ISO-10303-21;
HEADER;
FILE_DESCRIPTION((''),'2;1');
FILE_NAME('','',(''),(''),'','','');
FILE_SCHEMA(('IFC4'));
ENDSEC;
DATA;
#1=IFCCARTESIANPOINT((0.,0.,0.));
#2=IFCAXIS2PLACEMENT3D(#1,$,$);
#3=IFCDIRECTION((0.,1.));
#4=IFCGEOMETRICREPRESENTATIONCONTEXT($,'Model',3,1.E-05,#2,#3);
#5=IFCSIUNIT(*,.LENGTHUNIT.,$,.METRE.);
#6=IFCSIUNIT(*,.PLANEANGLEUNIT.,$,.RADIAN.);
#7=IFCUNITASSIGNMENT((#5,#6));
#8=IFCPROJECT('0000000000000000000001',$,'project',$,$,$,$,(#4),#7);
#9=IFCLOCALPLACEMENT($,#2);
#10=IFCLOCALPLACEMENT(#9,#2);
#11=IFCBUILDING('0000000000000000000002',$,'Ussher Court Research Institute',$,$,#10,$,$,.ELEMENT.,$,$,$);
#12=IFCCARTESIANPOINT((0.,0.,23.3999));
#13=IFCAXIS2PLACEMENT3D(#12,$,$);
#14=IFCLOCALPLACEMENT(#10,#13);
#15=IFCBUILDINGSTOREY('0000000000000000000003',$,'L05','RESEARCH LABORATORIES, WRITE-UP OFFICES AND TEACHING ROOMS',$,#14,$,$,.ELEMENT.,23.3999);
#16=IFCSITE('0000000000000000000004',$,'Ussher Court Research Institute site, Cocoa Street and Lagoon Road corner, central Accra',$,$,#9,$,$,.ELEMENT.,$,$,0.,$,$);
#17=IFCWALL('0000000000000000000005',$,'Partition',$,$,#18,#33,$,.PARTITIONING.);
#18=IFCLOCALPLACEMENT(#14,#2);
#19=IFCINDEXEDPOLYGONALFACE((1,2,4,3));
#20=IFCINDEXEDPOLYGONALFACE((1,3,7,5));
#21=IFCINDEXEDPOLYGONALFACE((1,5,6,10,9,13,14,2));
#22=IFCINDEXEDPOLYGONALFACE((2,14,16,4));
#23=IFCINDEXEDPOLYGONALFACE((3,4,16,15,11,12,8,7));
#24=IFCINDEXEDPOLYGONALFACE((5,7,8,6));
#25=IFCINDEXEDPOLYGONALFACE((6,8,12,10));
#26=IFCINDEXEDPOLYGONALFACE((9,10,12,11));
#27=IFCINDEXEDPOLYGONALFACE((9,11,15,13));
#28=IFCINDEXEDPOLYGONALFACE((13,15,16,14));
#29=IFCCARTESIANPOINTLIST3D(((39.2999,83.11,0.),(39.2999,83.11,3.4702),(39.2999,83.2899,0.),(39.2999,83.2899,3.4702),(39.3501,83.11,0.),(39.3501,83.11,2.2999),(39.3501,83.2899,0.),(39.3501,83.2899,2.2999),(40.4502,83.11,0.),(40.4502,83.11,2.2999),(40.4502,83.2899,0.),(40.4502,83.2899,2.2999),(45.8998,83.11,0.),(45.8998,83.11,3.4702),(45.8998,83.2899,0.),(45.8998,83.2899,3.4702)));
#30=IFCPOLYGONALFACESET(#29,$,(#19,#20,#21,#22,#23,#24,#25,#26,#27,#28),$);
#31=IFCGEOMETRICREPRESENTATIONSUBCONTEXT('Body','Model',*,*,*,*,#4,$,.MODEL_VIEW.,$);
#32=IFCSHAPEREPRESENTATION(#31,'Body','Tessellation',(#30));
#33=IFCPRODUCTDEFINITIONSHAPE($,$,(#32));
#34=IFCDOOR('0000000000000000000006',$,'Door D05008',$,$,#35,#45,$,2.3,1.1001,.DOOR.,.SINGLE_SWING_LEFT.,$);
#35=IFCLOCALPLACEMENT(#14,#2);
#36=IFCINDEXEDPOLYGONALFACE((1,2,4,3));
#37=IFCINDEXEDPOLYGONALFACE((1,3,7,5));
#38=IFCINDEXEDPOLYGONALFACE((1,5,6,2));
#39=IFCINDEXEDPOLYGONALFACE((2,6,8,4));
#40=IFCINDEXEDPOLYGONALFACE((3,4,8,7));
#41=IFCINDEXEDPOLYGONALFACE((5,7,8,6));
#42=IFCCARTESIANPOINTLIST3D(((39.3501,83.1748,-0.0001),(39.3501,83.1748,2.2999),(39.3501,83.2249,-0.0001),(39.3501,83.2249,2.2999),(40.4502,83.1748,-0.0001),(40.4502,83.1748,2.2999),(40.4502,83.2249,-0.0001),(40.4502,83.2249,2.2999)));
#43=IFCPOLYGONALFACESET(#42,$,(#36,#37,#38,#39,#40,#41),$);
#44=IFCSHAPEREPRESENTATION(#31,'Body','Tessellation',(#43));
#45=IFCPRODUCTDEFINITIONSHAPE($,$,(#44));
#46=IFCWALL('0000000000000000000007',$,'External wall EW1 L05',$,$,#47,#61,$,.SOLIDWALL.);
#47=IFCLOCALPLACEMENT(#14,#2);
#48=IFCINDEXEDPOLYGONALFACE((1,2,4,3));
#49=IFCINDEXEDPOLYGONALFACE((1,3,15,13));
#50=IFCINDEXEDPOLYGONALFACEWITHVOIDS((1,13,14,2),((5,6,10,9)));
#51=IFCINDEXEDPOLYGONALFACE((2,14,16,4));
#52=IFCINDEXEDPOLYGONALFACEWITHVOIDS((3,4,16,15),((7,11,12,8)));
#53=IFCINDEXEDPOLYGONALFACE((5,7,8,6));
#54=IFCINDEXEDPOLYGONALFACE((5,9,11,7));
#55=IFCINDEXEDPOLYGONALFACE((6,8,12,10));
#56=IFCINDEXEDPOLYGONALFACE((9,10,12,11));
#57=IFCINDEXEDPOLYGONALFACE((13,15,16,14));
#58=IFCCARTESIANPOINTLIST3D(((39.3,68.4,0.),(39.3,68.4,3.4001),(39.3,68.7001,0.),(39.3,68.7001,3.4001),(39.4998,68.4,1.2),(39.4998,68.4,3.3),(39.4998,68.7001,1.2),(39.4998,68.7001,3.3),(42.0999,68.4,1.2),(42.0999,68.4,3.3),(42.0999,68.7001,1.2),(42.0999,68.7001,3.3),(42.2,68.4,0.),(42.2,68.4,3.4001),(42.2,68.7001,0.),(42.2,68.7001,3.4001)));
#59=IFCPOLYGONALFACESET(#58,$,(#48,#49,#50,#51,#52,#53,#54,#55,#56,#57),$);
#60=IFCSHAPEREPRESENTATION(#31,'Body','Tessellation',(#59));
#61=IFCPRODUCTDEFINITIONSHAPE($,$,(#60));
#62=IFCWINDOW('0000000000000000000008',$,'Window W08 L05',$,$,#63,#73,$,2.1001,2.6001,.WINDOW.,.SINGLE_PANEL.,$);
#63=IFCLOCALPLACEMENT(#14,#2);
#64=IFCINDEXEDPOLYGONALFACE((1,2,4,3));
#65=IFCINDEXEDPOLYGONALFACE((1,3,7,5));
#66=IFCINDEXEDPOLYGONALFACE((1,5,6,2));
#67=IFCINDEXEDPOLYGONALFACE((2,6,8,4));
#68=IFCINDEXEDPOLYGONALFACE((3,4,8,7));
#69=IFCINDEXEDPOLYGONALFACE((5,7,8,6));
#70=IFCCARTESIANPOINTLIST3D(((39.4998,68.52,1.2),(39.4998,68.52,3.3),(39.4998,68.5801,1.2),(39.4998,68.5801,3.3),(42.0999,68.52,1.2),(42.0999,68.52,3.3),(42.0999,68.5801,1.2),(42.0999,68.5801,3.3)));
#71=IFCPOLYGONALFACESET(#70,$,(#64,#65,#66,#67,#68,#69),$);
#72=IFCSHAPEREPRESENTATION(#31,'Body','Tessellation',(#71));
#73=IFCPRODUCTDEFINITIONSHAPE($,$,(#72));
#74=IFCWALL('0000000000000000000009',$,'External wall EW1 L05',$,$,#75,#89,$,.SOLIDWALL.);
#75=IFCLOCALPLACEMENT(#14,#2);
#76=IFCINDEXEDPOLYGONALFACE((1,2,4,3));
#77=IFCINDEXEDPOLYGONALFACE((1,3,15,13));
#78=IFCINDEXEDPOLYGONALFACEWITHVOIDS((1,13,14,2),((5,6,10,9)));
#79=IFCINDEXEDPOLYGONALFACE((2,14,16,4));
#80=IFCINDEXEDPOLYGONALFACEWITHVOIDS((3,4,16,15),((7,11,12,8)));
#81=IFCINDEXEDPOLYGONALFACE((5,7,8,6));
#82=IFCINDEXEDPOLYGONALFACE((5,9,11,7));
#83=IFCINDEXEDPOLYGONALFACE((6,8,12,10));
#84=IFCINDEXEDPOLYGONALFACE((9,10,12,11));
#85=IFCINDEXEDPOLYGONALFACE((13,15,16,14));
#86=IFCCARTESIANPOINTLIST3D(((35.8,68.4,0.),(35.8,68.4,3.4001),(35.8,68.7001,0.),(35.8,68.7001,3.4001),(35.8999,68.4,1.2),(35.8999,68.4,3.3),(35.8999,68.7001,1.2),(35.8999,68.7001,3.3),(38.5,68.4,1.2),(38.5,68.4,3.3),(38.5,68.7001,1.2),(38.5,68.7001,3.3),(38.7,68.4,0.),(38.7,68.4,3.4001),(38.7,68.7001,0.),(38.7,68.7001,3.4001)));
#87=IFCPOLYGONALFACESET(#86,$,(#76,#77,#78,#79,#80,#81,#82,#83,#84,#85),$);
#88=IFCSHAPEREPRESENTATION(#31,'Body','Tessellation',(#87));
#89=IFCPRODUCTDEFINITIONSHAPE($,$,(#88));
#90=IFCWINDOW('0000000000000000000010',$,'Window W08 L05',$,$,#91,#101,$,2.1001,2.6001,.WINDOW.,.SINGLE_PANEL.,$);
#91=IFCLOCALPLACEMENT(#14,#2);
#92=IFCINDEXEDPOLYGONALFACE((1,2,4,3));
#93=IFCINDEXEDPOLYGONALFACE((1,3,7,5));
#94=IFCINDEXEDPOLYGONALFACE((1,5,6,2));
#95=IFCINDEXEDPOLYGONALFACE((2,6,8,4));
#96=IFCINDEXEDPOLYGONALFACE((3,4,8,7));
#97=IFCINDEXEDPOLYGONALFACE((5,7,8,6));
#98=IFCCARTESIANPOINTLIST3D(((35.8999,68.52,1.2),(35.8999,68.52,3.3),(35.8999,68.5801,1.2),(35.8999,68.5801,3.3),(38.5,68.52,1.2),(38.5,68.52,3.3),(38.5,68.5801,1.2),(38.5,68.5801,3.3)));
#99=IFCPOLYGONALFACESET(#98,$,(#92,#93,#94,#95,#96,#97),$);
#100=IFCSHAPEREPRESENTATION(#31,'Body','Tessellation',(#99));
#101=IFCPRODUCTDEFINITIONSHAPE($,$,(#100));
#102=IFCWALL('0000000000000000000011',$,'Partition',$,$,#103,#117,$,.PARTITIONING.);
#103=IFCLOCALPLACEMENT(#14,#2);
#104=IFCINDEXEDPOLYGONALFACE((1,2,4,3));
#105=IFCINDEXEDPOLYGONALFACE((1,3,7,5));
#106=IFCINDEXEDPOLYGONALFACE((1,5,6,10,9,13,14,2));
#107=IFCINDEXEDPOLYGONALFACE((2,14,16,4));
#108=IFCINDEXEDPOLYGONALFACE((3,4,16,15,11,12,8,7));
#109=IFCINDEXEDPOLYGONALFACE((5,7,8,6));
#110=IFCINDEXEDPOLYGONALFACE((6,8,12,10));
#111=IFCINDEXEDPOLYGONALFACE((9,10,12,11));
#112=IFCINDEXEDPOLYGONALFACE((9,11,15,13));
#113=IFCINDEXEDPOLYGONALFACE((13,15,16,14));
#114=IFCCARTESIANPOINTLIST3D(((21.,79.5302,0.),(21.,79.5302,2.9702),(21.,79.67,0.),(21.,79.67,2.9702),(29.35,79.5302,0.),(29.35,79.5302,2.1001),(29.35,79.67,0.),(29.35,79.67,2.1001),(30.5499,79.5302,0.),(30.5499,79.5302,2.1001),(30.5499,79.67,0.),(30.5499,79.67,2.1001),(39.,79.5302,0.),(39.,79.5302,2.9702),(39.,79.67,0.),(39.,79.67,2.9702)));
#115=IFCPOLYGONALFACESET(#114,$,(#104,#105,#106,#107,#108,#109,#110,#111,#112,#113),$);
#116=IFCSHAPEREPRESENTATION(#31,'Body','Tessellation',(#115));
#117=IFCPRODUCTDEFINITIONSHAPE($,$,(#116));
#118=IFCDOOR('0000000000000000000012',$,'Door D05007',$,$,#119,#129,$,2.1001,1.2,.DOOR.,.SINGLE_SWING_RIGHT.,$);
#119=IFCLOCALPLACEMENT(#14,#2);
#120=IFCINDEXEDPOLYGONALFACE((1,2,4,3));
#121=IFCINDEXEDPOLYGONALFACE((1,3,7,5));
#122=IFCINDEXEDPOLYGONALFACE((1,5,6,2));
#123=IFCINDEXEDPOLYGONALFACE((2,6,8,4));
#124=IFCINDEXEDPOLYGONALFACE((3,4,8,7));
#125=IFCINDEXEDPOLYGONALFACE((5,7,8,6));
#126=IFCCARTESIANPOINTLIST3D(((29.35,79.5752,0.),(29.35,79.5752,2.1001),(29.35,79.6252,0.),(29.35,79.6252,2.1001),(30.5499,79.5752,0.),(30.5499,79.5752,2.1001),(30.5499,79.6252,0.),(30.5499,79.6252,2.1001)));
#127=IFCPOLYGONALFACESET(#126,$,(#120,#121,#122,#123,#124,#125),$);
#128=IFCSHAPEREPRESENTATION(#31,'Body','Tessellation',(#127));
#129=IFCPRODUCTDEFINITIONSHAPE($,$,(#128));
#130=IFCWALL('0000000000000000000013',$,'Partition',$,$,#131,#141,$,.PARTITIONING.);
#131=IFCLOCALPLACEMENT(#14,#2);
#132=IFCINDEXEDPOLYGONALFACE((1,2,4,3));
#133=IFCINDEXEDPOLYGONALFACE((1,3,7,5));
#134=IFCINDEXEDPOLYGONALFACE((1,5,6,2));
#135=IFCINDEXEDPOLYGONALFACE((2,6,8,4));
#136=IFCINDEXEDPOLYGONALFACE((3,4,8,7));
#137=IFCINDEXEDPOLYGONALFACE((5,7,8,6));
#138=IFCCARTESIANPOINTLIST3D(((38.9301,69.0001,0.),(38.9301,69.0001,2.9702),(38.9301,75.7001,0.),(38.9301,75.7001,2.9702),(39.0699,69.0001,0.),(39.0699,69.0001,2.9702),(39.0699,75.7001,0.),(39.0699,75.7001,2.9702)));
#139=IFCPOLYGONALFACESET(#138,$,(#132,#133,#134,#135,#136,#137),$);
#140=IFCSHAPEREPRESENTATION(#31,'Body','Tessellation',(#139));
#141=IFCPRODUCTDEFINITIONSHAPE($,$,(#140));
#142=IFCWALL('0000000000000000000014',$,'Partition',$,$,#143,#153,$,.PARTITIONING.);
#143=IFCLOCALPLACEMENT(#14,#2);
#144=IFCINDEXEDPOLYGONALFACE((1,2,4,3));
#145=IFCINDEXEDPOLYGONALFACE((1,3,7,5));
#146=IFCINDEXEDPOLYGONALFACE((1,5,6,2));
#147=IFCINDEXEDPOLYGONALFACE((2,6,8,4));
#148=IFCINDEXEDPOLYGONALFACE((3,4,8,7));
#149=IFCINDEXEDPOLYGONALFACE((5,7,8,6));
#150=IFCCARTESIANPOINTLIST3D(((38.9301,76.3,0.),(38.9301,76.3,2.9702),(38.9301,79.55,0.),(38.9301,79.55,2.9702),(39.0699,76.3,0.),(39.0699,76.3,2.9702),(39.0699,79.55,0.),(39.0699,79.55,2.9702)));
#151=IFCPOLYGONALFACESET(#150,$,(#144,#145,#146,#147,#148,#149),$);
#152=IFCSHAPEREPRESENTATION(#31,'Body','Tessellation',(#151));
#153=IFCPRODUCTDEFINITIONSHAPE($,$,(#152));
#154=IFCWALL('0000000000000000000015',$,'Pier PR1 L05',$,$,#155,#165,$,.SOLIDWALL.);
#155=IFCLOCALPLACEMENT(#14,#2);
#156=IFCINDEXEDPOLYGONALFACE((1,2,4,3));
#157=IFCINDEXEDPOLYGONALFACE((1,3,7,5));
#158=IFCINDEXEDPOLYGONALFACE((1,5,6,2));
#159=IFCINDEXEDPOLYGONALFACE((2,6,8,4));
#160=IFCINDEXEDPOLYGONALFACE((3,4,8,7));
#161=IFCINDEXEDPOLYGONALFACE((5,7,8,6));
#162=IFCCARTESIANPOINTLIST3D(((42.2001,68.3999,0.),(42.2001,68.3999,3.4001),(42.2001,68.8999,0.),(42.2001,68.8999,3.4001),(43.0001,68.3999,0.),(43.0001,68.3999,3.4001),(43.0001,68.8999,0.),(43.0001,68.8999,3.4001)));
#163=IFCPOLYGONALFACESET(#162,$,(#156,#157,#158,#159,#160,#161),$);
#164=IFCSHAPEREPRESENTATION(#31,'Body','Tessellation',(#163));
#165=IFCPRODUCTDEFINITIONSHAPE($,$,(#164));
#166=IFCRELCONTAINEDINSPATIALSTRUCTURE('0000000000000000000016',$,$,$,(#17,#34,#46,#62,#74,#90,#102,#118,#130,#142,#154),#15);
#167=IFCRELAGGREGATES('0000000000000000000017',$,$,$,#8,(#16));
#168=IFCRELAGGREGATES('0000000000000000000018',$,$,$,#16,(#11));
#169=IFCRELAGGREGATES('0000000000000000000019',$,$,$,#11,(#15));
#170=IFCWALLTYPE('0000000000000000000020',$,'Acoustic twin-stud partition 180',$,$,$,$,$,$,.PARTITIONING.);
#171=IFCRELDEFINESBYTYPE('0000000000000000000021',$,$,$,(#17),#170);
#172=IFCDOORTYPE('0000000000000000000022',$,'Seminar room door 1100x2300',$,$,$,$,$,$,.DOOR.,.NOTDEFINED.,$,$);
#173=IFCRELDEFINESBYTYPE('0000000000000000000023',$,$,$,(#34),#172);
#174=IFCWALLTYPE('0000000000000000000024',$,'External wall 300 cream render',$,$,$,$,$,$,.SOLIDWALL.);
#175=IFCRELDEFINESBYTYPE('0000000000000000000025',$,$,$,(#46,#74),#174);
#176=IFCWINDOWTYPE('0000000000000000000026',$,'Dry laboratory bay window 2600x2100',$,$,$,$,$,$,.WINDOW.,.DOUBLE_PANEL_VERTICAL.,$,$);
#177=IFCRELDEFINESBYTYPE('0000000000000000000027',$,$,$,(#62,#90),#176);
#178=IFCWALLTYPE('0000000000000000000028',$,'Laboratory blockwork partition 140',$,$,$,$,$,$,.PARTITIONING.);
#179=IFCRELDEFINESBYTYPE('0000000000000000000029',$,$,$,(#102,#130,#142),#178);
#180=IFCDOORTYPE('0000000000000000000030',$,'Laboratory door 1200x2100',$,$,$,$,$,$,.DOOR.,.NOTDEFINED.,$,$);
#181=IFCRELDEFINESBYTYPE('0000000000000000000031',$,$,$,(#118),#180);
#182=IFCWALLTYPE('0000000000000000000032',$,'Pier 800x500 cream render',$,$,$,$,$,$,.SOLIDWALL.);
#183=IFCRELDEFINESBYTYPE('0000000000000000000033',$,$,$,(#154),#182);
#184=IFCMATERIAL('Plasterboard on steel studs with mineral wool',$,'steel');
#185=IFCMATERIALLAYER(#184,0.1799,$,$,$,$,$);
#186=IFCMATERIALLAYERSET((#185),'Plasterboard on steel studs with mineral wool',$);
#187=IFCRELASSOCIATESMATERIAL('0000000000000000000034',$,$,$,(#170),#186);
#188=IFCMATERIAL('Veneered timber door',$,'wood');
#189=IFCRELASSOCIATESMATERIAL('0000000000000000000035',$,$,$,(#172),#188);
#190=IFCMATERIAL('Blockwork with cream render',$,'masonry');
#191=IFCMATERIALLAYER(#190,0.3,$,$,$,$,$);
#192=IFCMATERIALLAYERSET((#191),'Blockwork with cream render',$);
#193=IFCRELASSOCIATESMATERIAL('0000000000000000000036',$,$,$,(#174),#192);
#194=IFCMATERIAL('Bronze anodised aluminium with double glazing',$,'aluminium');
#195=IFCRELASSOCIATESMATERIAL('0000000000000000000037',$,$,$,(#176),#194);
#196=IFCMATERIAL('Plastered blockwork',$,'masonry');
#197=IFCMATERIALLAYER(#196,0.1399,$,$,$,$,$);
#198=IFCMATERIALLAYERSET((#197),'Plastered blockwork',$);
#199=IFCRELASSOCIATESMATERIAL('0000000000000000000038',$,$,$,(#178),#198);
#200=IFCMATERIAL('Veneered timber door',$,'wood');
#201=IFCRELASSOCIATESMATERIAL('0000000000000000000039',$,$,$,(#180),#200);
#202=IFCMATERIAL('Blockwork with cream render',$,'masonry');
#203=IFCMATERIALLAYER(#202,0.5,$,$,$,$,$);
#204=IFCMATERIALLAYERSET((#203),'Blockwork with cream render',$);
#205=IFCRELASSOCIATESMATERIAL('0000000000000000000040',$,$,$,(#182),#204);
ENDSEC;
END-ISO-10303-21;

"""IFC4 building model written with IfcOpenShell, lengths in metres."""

from ifc_helpers import new_model, si_unit, direction, frame, frame_2d, origin, place, context, subcontext, project, spatial, rectangle, extrude, material, layer, layer_set, type_object, element, fill, save


model = new_model("IFC4")

# Units and contexts
model_context = context("Model", 3, precision=1e-05, world=origin(), true_north=direction((0.0, 1.0)))
body_context = subcontext(model_context, "Body", "Model", "MODEL_VIEW")
ifc_project = project(units=[si_unit("LENGTHUNIT", "METRE"), si_unit("PLANEANGLEUNIT", "RADIAN")], contexts=[model_context])

# Site, building, storey
site_placement = place(None, origin())
site = spatial("IfcSite", under=ifc_project, at=site_placement, Name="Ussher Court Research Institute site, Cocoa Street and Lagoon Road corner, central Accra", CompositionType="ELEMENT", RefElevation=0.0)
building_placement = place(site_placement, origin())
building = spatial("IfcBuilding", under=site, at=building_placement, Name="Ussher Court Research Institute", CompositionType="ELEMENT")
storey_placement = place(building_placement, frame((0.0, 0.0, 23.3999)))
storey = spatial("IfcBuildingStorey", under=building, at=storey_placement, Name="L05", Description="RESEARCH LABORATORIES, WRITE-UP OFFICES AND TEACHING ROOMS", CompositionType="ELEMENT", Elevation=23.3999)

# Wall, opening, door
ifc_material_1 = material(Name="Plasterboard on steel studs with mineral wool", Category="steel")
ifc_layer_1 = layer(ifc_material_1, 0.1799)
ifc_layer_set_1 = layer_set([ifc_layer_1], Name="Plasterboard on steel studs with mineral wool")
wall_type_1 = type_object("IfcWallType", Name="Acoustic twin-stud partition 180", PredefinedType="PARTITIONING", material=ifc_layer_set_1)
wall_1_placement = place(storey_placement, frame((39.3, 83.2, 0.0), z_axis=(0.0, 0.0, 1.0), x_axis=(1.0, 0.0, 0.0)))
wall_1 = element("IfcWall", 1, at=wall_1_placement, inside=storey, type_object=wall_type_1, Name="Partition", PredefinedType="PARTITIONING", context=body_context, shape_type="SweptSolid", body=[
    extrude(rectangle(XDim=6.5999, YDim=0.1799, at=frame_2d((3.2998, 0.0))), origin(), (0.0, 0.0, 1.0), 3.4702),
])
opening_1_placement = place(wall_1_placement, frame((0.05, 0.0, 0.0)))
opening_1 = element("IfcOpeningElement", 2, at=opening_1_placement, cuts=wall_1, PredefinedType="OPENING", context=body_context, shape_type="SweptSolid", body=[
    extrude(rectangle(XDim=1.1001, YDim=2.3, at=frame_2d((0.55, 1.1499))), frame((0.0, 0.1001, 0.0), z_axis=(0.0, -1.0, 0.0), x_axis=(1.0, 0.0, 0.0)), (0.0, 0.0, 1.0), 0.2),
])
ifc_material_2 = material(Name="Veneered timber door", Category="wood")
door_type_1 = type_object("IfcDoorType", Name="Seminar room door 1100x2300", OperationType="NOTDEFINED", PredefinedType="DOOR", material=ifc_material_2)
door_1_placement = place(opening_1_placement, origin())
door_1 = element("IfcDoor", 3, at=door_1_placement, inside=storey, type_object=door_type_1, Name="Door D05008", OperationType="SINGLE_SWING_LEFT", OverallHeight=2.3, OverallWidth=1.1001, PredefinedType="DOOR", context=body_context, shape_type="SweptSolid", body=[
    extrude(rectangle(XDim=1.1001, YDim=2.3, at=frame_2d((0.55, 1.1499))), frame((0.0, 0.0249, 0.0), z_axis=(0.0, -1.0, 0.0), x_axis=(1.0, 0.0, 0.0)), (0.0, 0.0, 1.0), 0.05),
])
fill(opening_1, door_1)

# Walls, openings, windows
ifc_material_3 = material(Name="Blockwork with cream render", Category="masonry")
ifc_layer_2 = layer(ifc_material_3, 0.3)
ifc_layer_set_2 = layer_set([ifc_layer_2], Name="Blockwork with cream render")
wall_type_2 = type_object("IfcWallType", Name="External wall 300 cream render", PredefinedType="SOLIDWALL", material=ifc_layer_set_2)
wall_2_placement = place(storey_placement, frame((42.2, 68.55, 0.0), z_axis=(0.0, 0.0, 1.0), x_axis=(-1.0, 0.0, 0.0)))
wall_2 = element("IfcWall", 4, at=wall_2_placement, inside=storey, type_object=wall_type_2, Name="External wall EW1 L05", PredefinedType="SOLIDWALL", context=body_context, shape_type="SweptSolid", body=[
    extrude(rectangle(XDim=2.8999, YDim=0.3, at=frame_2d((1.45, 0.0))), origin(), (0.0, 0.0, 1.0), 3.4001),
])
opening_2_placement = place(wall_2_placement, frame((0.1001, 0.0, 1.2)))
opening_2 = element("IfcOpeningElement", 5, at=opening_2_placement, cuts=wall_2, PredefinedType="OPENING", context=body_context, shape_type="SweptSolid", body=[
    extrude(rectangle(XDim=2.6001, YDim=2.1001, at=frame_2d((1.3, 1.05))), frame((0.0, 0.1602, 0.0), z_axis=(0.0, -1.0, 0.0), x_axis=(1.0, 0.0, 0.0)), (0.0, 0.0, 1.0), 0.3201),
])
ifc_material_4 = material(Name="Bronze anodised aluminium with double glazing", Category="aluminium")
window_type = type_object("IfcWindowType", Name="Dry laboratory bay window 2600x2100", PartitioningType="DOUBLE_PANEL_VERTICAL", PredefinedType="WINDOW", material=ifc_material_4)
window_1_placement = place(opening_2_placement, origin())
window_1 = element("IfcWindow", 6, at=window_1_placement, inside=storey, type_object=window_type, Name="Window W08 L05", OverallHeight=2.1001, OverallWidth=2.6001, PartitioningType="SINGLE_PANEL", PredefinedType="WINDOW", context=body_context, shape_type="SweptSolid", body=[
    extrude(rectangle(XDim=2.6001, YDim=2.1001, at=frame_2d((1.3, 1.05))), frame((0.0, 0.03, 0.0), z_axis=(0.0, -1.0, 0.0), x_axis=(1.0, 0.0, 0.0)), (0.0, 0.0, 1.0), 0.0601),
])
fill(opening_2, window_1)
wall_3_placement = place(storey_placement, frame((38.7, 68.55, 0.0), z_axis=(0.0, 0.0, 1.0), x_axis=(-1.0, 0.0, 0.0)))
wall_3 = element("IfcWall", 7, at=wall_3_placement, inside=storey, type_object=wall_type_2, Name="External wall EW1 L05", PredefinedType="SOLIDWALL", context=body_context, shape_type="SweptSolid", body=[
    extrude(rectangle(XDim=2.8999, YDim=0.3, at=frame_2d((1.45, 0.0))), origin(), (0.0, 0.0, 1.0), 3.4001),
])
opening_3_placement = place(wall_3_placement, frame((0.2, 0.0, 1.2)))
opening_3 = element("IfcOpeningElement", 8, at=opening_3_placement, cuts=wall_3, PredefinedType="OPENING", context=body_context, shape_type="SweptSolid", body=[
    extrude(rectangle(XDim=2.6001, YDim=2.1001, at=frame_2d((1.3, 1.05))), frame((0.0, 0.1602, 0.0), z_axis=(0.0, -1.0, 0.0), x_axis=(1.0, 0.0, 0.0)), (0.0, 0.0, 1.0), 0.3201),
])
window_2_placement = place(opening_3_placement, origin())
window_2 = element("IfcWindow", 9, at=window_2_placement, inside=storey, type_object=window_type, Name="Window W08 L05", OverallHeight=2.1001, OverallWidth=2.6001, PartitioningType="SINGLE_PANEL", PredefinedType="WINDOW", context=body_context, shape_type="SweptSolid", body=[
    extrude(rectangle(XDim=2.6001, YDim=2.1001, at=frame_2d((1.3, 1.05))), frame((0.0, 0.03, 0.0), z_axis=(0.0, -1.0, 0.0), x_axis=(1.0, 0.0, 0.0)), (0.0, 0.0, 1.0), 0.0601),
])
fill(opening_3, window_2)

# Wall, opening, door
ifc_material_5 = material(Name="Plastered blockwork", Category="masonry")
ifc_layer_3 = layer(ifc_material_5, 0.1399)
ifc_layer_set_3 = layer_set([ifc_layer_3], Name="Plastered blockwork")
wall_type_3 = type_object("IfcWallType", Name="Laboratory blockwork partition 140", PredefinedType="PARTITIONING", material=ifc_layer_set_3)
wall_4_placement = place(storey_placement, frame((39.0, 79.6001, 0.0), z_axis=(0.0, 0.0, 1.0), x_axis=(-1.0, 0.0, 0.0)))
wall_4 = element("IfcWall", 10, at=wall_4_placement, inside=storey, type_object=wall_type_3, Name="Partition", PredefinedType="PARTITIONING", context=body_context, shape_type="SweptSolid", body=[
    extrude(rectangle(XDim=18.0, YDim=0.1399, at=frame_2d((9.0, 0.0))), origin(), (0.0, 0.0, 1.0), 2.9702),
])
opening_4_placement = place(wall_4_placement, frame((8.45, 0.0, 0.0)))
opening_4 = element("IfcOpeningElement", 11, at=opening_4_placement, cuts=wall_4, PredefinedType="OPENING", context=body_context, shape_type="SweptSolid", body=[
    extrude(rectangle(XDim=1.2, YDim=2.1001, at=frame_2d((0.6001, 1.05))), frame((0.0, 0.0801, 0.0), z_axis=(0.0, -1.0, 0.0), x_axis=(1.0, 0.0, 0.0)), (0.0, 0.0, 1.0), 0.1599),
])
ifc_material_6 = material(Name="Veneered timber door", Category="wood")
door_type_2 = type_object("IfcDoorType", Name="Laboratory door 1200x2100", OperationType="NOTDEFINED", PredefinedType="DOOR", material=ifc_material_6)
door_2_placement = place(opening_4_placement, origin())
door_2 = element("IfcDoor", 12, at=door_2_placement, inside=storey, type_object=door_type_2, Name="Door D05007", OperationType="SINGLE_SWING_RIGHT", OverallHeight=2.1001, OverallWidth=1.2, PredefinedType="DOOR", context=body_context, shape_type="SweptSolid", body=[
    extrude(rectangle(XDim=1.2, YDim=2.1001, at=frame_2d((0.6001, 1.05))), frame((0.0, 0.0249, 0.0), z_axis=(0.0, -1.0, 0.0), x_axis=(1.0, 0.0, 0.0)), (0.0, 0.0, 1.0), 0.05),
])
fill(opening_4, door_2)

# Walls
wall_5_placement = place(storey_placement, frame((39.0, 69.0, 0.0), z_axis=(0.0, 0.0, 1.0), x_axis=(0.0, 1.0, 0.0)))
element("IfcWall", 13, at=wall_5_placement, inside=storey, type_object=wall_type_3, Name="Partition", PredefinedType="PARTITIONING", context=body_context, shape_type="SweptSolid", body=[
    extrude(rectangle(XDim=6.7, YDim=0.1399, at=frame_2d((3.3501, 0.0))), origin(), (0.0, 0.0, 1.0), 2.9702),
])
wall_6_placement = place(storey_placement, frame((39.0, 76.3, 0.0), z_axis=(0.0, 0.0, 1.0), x_axis=(0.0, 1.0, 0.0)))
element("IfcWall", 14, at=wall_6_placement, inside=storey, type_object=wall_type_3, Name="Partition", PredefinedType="PARTITIONING", context=body_context, shape_type="SweptSolid", body=[
    extrude(rectangle(XDim=3.25, YDim=0.1399, at=frame_2d((1.625, 0.0))), origin(), (0.0, 0.0, 1.0), 2.9702),
])
ifc_material_7 = material(Name="Blockwork with cream render", Category="masonry")
ifc_layer_4 = layer(ifc_material_7, 0.5)
ifc_layer_set_4 = layer_set([ifc_layer_4], Name="Blockwork with cream render")
wall_type_4 = type_object("IfcWallType", Name="Pier 800x500 cream render", PredefinedType="SOLIDWALL", material=ifc_layer_set_4)
for number, where, z_axis, x_axis, name in (
    (15, (43.0, 68.6499, 0.0), (0.0, 0.0, 1.0), (-1.0, 0.0, 0.0), "Pier PR1 L05"),
):
    element("IfcWall", number, at=place(storey_placement, frame(where, z_axis=z_axis, x_axis=x_axis)), inside=storey, type_object=wall_type_4, Name=name, PredefinedType="SOLIDWALL", context=body_context, shape_type="SweptSolid", body=[
        extrude(rectangle(XDim=0.8, YDim=0.5, at=frame_2d((0.3999, 0.0))), origin(), (0.0, 0.0, 1.0), 3.4001),
    ])

save(model, "model.ifc")
